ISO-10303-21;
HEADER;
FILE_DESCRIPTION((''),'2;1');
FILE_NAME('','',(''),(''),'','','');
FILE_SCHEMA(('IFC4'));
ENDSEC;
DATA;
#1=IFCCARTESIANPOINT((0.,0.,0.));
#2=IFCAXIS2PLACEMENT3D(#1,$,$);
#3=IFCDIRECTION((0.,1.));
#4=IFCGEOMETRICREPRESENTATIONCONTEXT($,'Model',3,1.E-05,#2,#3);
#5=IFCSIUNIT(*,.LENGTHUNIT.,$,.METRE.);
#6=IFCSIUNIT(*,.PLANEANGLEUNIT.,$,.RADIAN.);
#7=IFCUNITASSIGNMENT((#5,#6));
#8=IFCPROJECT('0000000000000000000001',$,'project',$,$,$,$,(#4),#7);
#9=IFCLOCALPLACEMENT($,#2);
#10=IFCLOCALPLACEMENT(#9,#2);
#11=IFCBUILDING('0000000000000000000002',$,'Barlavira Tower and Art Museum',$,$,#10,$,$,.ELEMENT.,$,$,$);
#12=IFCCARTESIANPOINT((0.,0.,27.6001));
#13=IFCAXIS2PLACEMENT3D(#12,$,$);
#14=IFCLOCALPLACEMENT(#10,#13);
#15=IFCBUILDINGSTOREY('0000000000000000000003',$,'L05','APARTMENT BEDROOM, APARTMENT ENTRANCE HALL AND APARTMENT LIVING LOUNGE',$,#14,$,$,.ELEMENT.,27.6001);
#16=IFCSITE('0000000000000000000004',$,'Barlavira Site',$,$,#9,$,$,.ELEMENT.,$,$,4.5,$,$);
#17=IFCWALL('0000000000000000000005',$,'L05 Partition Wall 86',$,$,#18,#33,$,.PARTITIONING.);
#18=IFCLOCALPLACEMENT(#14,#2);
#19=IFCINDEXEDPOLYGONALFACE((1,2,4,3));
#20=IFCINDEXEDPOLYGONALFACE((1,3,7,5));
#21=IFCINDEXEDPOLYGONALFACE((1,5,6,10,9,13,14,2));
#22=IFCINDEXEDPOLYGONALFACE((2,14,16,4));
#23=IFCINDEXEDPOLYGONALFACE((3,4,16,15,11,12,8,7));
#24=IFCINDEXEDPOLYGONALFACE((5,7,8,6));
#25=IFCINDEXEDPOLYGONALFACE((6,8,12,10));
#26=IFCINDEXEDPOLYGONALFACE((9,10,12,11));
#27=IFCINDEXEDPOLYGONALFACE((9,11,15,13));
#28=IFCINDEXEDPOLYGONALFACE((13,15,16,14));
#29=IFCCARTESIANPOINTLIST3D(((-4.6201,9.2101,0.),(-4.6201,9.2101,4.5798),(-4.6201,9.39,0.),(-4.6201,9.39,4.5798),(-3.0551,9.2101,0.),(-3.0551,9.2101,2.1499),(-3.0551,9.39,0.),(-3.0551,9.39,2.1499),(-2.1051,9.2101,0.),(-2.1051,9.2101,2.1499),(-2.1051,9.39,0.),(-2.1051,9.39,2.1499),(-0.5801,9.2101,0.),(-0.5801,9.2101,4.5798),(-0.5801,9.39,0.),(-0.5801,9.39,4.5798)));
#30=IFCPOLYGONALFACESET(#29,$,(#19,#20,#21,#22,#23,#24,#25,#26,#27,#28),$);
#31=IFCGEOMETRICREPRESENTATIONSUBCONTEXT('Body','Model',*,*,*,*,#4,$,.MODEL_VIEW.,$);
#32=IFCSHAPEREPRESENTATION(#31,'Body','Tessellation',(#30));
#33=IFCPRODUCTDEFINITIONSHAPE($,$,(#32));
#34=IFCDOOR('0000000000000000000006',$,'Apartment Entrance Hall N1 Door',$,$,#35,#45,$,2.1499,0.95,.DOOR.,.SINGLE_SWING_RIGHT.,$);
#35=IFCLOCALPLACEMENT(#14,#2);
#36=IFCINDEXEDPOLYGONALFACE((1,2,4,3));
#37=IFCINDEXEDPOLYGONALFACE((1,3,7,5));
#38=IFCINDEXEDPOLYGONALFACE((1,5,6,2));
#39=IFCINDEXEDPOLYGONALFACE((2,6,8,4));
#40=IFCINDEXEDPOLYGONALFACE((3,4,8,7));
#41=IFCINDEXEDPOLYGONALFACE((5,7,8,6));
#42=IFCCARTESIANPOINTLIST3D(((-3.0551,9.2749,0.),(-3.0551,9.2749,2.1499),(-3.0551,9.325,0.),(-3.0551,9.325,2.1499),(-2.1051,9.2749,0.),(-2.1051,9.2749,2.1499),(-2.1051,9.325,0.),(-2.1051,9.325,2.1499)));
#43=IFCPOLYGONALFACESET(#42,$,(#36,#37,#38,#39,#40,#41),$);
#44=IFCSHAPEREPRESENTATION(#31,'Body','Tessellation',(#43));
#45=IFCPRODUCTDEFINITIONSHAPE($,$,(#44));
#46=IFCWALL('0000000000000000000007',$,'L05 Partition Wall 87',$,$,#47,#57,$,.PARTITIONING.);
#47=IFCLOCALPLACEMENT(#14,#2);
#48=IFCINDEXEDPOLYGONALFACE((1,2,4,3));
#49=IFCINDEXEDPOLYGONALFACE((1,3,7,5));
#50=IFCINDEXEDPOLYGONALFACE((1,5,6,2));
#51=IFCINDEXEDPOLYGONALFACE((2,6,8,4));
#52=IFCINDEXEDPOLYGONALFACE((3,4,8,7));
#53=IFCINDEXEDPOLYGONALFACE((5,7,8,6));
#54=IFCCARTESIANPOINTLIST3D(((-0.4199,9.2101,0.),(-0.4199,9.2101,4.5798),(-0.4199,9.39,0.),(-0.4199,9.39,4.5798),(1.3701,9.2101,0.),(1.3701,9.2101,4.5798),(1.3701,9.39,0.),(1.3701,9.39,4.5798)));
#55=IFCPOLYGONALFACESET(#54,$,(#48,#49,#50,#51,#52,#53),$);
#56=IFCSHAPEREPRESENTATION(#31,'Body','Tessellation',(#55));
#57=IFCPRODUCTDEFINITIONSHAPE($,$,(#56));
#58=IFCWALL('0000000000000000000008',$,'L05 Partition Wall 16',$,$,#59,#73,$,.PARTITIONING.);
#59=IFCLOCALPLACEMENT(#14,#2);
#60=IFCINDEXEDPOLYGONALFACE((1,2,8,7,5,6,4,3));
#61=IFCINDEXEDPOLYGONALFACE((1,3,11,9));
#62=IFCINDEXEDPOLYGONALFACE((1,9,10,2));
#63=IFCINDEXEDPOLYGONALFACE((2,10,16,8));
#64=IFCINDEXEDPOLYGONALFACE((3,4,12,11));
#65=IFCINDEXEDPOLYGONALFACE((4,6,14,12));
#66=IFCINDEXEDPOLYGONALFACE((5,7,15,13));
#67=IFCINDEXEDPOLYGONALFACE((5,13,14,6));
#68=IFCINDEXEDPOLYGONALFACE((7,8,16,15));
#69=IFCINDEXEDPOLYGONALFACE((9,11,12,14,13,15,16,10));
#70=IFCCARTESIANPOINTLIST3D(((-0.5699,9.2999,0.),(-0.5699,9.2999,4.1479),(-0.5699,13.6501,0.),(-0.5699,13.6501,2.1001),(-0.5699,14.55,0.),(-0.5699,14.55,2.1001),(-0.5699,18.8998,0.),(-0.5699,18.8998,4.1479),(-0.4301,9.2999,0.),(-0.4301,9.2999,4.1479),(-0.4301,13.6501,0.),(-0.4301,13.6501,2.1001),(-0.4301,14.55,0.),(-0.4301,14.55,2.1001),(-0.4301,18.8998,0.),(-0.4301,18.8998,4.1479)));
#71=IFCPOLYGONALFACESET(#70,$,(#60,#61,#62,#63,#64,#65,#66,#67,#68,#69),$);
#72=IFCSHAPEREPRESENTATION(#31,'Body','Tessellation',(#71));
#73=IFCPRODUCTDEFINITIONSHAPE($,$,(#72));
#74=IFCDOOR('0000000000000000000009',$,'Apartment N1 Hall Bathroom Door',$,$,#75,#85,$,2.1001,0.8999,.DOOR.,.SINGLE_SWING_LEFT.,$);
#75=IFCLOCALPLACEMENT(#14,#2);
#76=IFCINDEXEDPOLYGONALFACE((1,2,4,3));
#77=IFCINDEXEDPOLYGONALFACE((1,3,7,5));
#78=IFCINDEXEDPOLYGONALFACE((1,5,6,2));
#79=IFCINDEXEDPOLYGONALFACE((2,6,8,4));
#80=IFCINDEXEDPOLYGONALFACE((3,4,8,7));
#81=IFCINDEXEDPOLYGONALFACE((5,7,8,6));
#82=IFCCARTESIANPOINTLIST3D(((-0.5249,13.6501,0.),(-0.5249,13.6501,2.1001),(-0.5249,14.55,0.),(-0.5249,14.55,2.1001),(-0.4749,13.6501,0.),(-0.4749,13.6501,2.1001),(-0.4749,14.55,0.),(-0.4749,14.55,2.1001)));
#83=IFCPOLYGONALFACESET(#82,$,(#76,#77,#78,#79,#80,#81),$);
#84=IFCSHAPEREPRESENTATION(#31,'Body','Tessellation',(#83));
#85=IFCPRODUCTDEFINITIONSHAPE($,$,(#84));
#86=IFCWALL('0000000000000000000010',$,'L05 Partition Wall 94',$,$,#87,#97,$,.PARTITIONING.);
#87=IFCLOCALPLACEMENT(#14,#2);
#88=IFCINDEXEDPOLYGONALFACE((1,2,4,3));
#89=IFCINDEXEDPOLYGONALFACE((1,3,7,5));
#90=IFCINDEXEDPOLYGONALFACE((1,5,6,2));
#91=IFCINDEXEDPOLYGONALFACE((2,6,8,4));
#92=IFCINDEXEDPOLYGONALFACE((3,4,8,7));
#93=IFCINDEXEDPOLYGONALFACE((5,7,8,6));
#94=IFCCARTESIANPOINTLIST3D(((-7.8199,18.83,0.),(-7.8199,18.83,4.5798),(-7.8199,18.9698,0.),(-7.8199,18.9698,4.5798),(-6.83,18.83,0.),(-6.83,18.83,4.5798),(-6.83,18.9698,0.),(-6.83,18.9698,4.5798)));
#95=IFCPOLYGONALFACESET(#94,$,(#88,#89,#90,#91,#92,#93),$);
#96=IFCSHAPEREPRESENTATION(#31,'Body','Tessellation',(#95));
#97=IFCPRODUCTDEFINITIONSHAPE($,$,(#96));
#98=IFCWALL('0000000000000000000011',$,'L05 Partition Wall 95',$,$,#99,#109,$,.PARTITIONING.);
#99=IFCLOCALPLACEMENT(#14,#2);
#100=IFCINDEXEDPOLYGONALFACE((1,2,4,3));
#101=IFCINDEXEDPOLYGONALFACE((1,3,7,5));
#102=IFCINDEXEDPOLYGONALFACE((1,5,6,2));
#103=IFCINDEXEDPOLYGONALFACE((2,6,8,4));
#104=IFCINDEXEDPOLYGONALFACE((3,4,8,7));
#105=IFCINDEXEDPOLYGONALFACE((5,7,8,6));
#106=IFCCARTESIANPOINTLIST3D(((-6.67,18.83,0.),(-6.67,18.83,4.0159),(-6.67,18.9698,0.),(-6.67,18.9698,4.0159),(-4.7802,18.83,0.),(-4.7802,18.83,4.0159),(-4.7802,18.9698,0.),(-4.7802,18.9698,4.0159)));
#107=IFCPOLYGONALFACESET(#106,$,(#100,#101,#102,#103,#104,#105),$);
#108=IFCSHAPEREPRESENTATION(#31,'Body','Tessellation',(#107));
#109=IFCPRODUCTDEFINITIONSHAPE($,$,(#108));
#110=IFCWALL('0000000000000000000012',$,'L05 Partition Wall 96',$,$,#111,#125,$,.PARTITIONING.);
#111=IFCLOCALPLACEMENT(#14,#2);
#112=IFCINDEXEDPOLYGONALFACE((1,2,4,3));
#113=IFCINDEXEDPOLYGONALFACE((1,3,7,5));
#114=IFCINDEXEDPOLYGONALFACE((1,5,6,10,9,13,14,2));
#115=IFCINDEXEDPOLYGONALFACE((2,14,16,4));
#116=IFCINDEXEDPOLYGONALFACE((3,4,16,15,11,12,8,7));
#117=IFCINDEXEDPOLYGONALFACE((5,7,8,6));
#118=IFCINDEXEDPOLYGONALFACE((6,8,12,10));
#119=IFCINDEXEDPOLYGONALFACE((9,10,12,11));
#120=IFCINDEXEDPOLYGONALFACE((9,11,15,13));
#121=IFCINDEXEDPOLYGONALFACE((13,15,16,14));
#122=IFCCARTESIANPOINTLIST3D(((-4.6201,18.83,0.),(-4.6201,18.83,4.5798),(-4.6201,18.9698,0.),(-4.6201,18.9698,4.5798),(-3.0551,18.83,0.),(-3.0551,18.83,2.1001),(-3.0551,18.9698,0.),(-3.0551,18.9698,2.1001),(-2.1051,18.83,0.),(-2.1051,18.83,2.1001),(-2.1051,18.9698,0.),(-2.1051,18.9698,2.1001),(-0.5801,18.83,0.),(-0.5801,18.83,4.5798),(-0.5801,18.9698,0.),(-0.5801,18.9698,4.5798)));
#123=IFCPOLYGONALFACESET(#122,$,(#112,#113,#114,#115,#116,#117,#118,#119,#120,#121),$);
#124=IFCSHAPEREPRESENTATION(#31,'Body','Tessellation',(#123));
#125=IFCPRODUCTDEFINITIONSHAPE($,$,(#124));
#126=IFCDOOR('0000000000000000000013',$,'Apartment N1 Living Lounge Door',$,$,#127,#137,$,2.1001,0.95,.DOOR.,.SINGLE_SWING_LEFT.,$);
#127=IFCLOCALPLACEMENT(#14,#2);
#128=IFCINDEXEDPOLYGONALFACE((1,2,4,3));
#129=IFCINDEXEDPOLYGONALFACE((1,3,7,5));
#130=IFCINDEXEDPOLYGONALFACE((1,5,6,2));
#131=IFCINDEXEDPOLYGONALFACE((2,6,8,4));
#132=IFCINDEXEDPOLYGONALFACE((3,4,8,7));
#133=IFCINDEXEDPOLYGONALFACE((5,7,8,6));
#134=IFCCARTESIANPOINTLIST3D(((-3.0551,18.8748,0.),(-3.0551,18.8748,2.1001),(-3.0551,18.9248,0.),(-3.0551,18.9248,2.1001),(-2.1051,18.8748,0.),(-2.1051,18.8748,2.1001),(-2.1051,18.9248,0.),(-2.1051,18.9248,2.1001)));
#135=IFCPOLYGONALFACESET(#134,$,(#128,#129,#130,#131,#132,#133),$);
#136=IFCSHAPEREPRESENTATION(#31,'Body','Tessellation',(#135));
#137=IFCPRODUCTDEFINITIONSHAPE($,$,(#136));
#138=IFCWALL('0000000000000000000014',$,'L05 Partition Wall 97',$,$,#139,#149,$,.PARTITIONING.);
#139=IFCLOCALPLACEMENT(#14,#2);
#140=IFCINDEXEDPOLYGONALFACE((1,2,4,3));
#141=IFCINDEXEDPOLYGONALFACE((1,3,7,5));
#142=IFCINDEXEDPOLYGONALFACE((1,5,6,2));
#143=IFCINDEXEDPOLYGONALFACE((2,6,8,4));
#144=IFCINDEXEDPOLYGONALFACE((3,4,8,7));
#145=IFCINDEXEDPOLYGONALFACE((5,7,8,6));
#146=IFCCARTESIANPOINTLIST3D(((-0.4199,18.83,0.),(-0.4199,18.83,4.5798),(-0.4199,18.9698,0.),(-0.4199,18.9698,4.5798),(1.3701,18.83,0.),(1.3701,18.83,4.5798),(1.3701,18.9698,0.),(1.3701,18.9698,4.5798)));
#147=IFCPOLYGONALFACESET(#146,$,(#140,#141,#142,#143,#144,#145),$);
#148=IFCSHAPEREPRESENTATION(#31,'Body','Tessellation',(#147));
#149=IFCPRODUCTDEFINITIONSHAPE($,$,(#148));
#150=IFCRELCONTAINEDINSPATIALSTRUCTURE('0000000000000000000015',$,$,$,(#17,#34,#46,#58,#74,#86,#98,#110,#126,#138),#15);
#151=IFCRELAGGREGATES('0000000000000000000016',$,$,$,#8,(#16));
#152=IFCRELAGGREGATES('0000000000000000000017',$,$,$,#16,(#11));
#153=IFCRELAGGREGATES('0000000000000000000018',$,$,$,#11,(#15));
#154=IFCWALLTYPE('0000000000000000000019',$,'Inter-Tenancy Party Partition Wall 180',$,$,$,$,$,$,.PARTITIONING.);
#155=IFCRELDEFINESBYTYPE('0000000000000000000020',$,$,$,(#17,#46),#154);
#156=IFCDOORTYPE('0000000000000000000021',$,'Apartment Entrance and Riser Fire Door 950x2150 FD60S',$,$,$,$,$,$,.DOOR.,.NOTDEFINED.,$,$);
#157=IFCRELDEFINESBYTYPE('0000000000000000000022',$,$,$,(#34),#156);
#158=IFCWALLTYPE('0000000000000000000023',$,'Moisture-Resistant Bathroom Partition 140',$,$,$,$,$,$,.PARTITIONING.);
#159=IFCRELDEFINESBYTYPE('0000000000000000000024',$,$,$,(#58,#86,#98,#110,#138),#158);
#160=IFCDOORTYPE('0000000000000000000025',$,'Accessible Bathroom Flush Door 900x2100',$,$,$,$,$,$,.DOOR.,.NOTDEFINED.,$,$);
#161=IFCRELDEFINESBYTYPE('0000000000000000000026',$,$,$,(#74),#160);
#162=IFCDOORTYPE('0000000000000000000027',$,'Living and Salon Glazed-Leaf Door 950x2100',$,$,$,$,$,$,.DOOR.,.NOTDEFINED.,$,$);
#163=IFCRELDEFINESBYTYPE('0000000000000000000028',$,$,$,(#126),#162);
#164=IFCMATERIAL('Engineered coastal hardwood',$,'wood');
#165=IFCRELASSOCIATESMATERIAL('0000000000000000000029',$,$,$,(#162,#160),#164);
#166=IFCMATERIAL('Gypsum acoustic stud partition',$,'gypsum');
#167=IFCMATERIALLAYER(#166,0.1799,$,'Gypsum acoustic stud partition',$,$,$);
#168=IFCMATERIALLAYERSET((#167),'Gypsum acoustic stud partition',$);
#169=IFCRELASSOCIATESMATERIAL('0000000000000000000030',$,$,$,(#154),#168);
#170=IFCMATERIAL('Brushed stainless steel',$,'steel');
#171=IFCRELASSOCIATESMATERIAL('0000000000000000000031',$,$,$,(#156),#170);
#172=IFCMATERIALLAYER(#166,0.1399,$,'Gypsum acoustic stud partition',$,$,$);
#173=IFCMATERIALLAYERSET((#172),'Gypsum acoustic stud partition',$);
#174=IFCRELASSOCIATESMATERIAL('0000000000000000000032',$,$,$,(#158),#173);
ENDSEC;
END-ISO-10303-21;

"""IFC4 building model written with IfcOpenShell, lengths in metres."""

from ifc_helpers import new_model, si_unit, direction, frame, frame_2d, origin, place, context, subcontext, project, spatial, rectangle, extrude, material, layer, layer_set, type_object, element, fill, save


model = new_model("IFC4")

# Units and contexts
model_context = context("Model", 3, precision=1e-05, world=origin(), true_north=direction((0.0, 1.0)))
body_context = subcontext(model_context, "Body", "Model", "MODEL_VIEW")
ifc_project = project(units=[si_unit("LENGTHUNIT", "METRE"), si_unit("PLANEANGLEUNIT", "RADIAN")], contexts=[model_context])

# Site, building, storey
site_placement = place(None, origin())
site = spatial("IfcSite", under=ifc_project, at=site_placement, Name="Barlavira Site", CompositionType="ELEMENT", RefElevation=4.5)
building_placement = place(site_placement, origin())
building = spatial("IfcBuilding", under=site, at=building_placement, Name="Barlavira Tower and Art Museum", CompositionType="ELEMENT")
storey_placement = place(building_placement, frame((0.0, 0.0, 27.6001)))
storey = spatial("IfcBuildingStorey", under=building, at=storey_placement, Name="L05", Description="APARTMENT BEDROOM, APARTMENT ENTRANCE HALL AND APARTMENT LIVING LOUNGE", CompositionType="ELEMENT", Elevation=27.6001)

# Wall, opening, door
ifc_material_1 = material(Name="Gypsum acoustic stud partition", Category="gypsum")
ifc_material_2 = material(Name="Engineered coastal hardwood", Category="wood")
door_type_1 = type_object("IfcDoorType", Name="Living and Salon Glazed-Leaf Door 950x2100", OperationType="NOTDEFINED", PredefinedType="DOOR", material=ifc_material_2)
ifc_layer_1 = layer(ifc_material_1, 0.1799, Name="Gypsum acoustic stud partition")
ifc_layer_set_1 = layer_set([ifc_layer_1], Name="Gypsum acoustic stud partition")
wall_type_1 = type_object("IfcWallType", Name="Inter-Tenancy Party Partition Wall 180", PredefinedType="PARTITIONING", material=ifc_layer_set_1)
wall_1_placement = place(storey_placement, frame((-4.6201, 9.3, 0.0), z_axis=(0.0, 0.0, 1.0), x_axis=(1.0, 0.0, 0.0)))
wall_1 = element("IfcWall", 1, at=wall_1_placement, inside=storey, type_object=wall_type_1, Name="L05 Partition Wall 86", PredefinedType="PARTITIONING", context=body_context, shape_type="SweptSolid", body=[
    extrude(rectangle(XDim=4.04, YDim=0.1799, at=frame_2d((2.02, 0.0))), origin(), (0.0, 0.0, 1.0), 4.5798),
])
opening_1_placement = place(wall_1_placement, frame((1.5649, 0.0, 0.0)))
opening_1 = element("IfcOpeningElement", 2, at=opening_1_placement, cuts=wall_1, PredefinedType="OPENING", context=body_context, shape_type="SweptSolid", body=[
    extrude(rectangle(XDim=0.95, YDim=2.1499, at=frame_2d((0.4751, 1.075))), frame((0.0, 0.1001, 0.0), z_axis=(0.0, -1.0, 0.0), x_axis=(1.0, 0.0, 0.0)), (0.0, 0.0, 1.0), 0.2),
])
ifc_material_3 = material(Name="Brushed stainless steel", Category="steel")
door_type_2 = type_object("IfcDoorType", Name="Apartment Entrance and Riser Fire Door 950x2150 FD60S", OperationType="NOTDEFINED", PredefinedType="DOOR", material=ifc_material_3)
door_1_placement = place(opening_1_placement, origin())
door_1 = element("IfcDoor", 3, at=door_1_placement, inside=storey, type_object=door_type_2, Name="Apartment Entrance Hall N1 Door", OperationType="SINGLE_SWING_RIGHT", OverallHeight=2.1499, OverallWidth=0.95, PredefinedType="DOOR", context=body_context, shape_type="SweptSolid", body=[
    extrude(rectangle(XDim=0.95, YDim=2.1499, at=frame_2d((0.4751, 1.075))), frame((0.0, 0.0249, 0.0), z_axis=(0.0, -1.0, 0.0), x_axis=(1.0, 0.0, 0.0)), (0.0, 0.0, 1.0), 0.05),
])
fill(opening_1, door_1)

# Wall
wall_2_placement = place(storey_placement, frame((-0.4199, 9.3, 0.0), z_axis=(0.0, 0.0, 1.0), x_axis=(1.0, 0.0, 0.0)))
element("IfcWall", 4, at=wall_2_placement, inside=storey, type_object=wall_type_1, Name="L05 Partition Wall 87", PredefinedType="PARTITIONING", context=body_context, shape_type="SweptSolid", body=[
    extrude(rectangle(XDim=1.79, YDim=0.1799, at=frame_2d((0.895, 0.0))), origin(), (0.0, 0.0, 1.0), 4.5798),
])

# Wall, opening, door
ifc_layer_2 = layer(ifc_material_1, 0.1399, Name="Gypsum acoustic stud partition")
ifc_layer_set_2 = layer_set([ifc_layer_2], Name="Gypsum acoustic stud partition")
wall_type_2 = type_object("IfcWallType", Name="Moisture-Resistant Bathroom Partition 140", PredefinedType="PARTITIONING", material=ifc_layer_set_2)
wall_3_placement = place(storey_placement, frame((-0.5, 9.3, 0.0), z_axis=(0.0, 0.0, 1.0), x_axis=(0.0, 1.0, 0.0)))
wall_3 = element("IfcWall", 5, at=wall_3_placement, inside=storey, type_object=wall_type_2, Name="L05 Partition Wall 16", PredefinedType="PARTITIONING", context=body_context, shape_type="SweptSolid", body=[
    extrude(rectangle(XDim=9.5999, YDim=0.1399, at=frame_2d((4.7998, 0.0))), origin(), (0.0, 0.0, 1.0), 4.1479),
])
opening_2_placement = place(wall_3_placement, frame((4.3501, 0.0, 0.0)))
opening_2 = element("IfcOpeningElement", 6, at=opening_2_placement, cuts=wall_3, PredefinedType="OPENING", context=body_context, shape_type="SweptSolid", body=[
    extrude(rectangle(XDim=0.8999, YDim=2.1001, at=frame_2d((0.45, 1.05))), frame((0.0, 0.0801, 0.0), z_axis=(0.0, -1.0, 0.0), x_axis=(1.0, 0.0, 0.0)), (0.0, 0.0, 1.0), 0.1599),
])
door_type_3 = type_object("IfcDoorType", Name="Accessible Bathroom Flush Door 900x2100", OperationType="NOTDEFINED", PredefinedType="DOOR", material=ifc_material_2)
door_2_placement = place(opening_2_placement, origin())
door_2 = element("IfcDoor", 7, at=door_2_placement, inside=storey, type_object=door_type_3, Name="Apartment N1 Hall Bathroom Door", OperationType="SINGLE_SWING_LEFT", OverallHeight=2.1001, OverallWidth=0.8999, PredefinedType="DOOR", context=body_context, shape_type="SweptSolid", body=[
    extrude(rectangle(XDim=0.8999, YDim=2.1001, at=frame_2d((0.45, 1.05))), frame((0.0, 0.0249, 0.0), z_axis=(0.0, -1.0, 0.0), x_axis=(1.0, 0.0, 0.0)), (0.0, 0.0, 1.0), 0.05),
])
fill(opening_2, door_2)

# Walls
wall_4_placement = place(storey_placement, frame((-7.8201, 18.8999, 0.0), z_axis=(0.0, 0.0, 1.0), x_axis=(1.0, 0.0, 0.0)))
element("IfcWall", 8, at=wall_4_placement, inside=storey, type_object=wall_type_2, Name="L05 Partition Wall 94", PredefinedType="PARTITIONING", context=body_context, shape_type="SweptSolid", body=[
    extrude(rectangle(XDim=0.99, YDim=0.1399, at=frame_2d((0.4951, 0.0))), origin(), (0.0, 0.0, 1.0), 4.5798),
])
wall_5_placement = place(storey_placement, frame((-6.6699, 18.8999, 0.0), z_axis=(0.0, 0.0, 1.0), x_axis=(1.0, 0.0, 0.0)))
element("IfcWall", 9, at=wall_5_placement, inside=storey, type_object=wall_type_2, Name="L05 Partition Wall 95", PredefinedType="PARTITIONING", context=body_context, shape_type="SweptSolid", body=[
    extrude(rectangle(XDim=1.8899, YDim=0.1399, at=frame_2d((0.9448, 0.0))), origin(), (0.0, 0.0, 1.0), 4.0159),
])

# Wall, opening, door
wall_6_placement = place(storey_placement, frame((-4.6201, 18.8999, 0.0), z_axis=(0.0, 0.0, 1.0), x_axis=(1.0, 0.0, 0.0)))
wall_6 = element("IfcWall", 10, at=wall_6_placement, inside=storey, type_object=wall_type_2, Name="L05 Partition Wall 96", PredefinedType="PARTITIONING", context=body_context, shape_type="SweptSolid", body=[
    extrude(rectangle(XDim=4.04, YDim=0.1399, at=frame_2d((2.02, 0.0))), origin(), (0.0, 0.0, 1.0), 4.5798),
])
opening_3_placement = place(wall_6_placement, frame((1.5649, 0.0, 0.0)))
opening_3 = element("IfcOpeningElement", 11, at=opening_3_placement, cuts=wall_6, PredefinedType="OPENING", context=body_context, shape_type="SweptSolid", body=[
    extrude(rectangle(XDim=0.95, YDim=2.1001, at=frame_2d((0.4751, 1.05))), frame((0.0, 0.0801, 0.0), z_axis=(0.0, -1.0, 0.0), x_axis=(1.0, 0.0, 0.0)), (0.0, 0.0, 1.0), 0.1599),
])
door_3_placement = place(opening_3_placement, origin())
door_3 = element("IfcDoor", 12, at=door_3_placement, inside=storey, type_object=door_type_1, Name="Apartment N1 Living Lounge Door", OperationType="SINGLE_SWING_LEFT", OverallHeight=2.1001, OverallWidth=0.95, PredefinedType="DOOR", context=body_context, shape_type="SweptSolid", body=[
    extrude(rectangle(XDim=0.95, YDim=2.1001, at=frame_2d((0.4751, 1.05))), frame((0.0, 0.0249, 0.0), z_axis=(0.0, -1.0, 0.0), x_axis=(1.0, 0.0, 0.0)), (0.0, 0.0, 1.0), 0.05),
])
fill(opening_3, door_3)

# Wall
wall_7_placement = place(storey_placement, frame((-0.4199, 18.8999, 0.0), z_axis=(0.0, 0.0, 1.0), x_axis=(1.0, 0.0, 0.0)))
element("IfcWall", 13, at=wall_7_placement, inside=storey, type_object=wall_type_2, Name="L05 Partition Wall 97", PredefinedType="PARTITIONING", context=body_context, shape_type="SweptSolid", body=[
    extrude(rectangle(XDim=1.79, YDim=0.1399, at=frame_2d((0.895, 0.0))), origin(), (0.0, 0.0, 1.0), 4.5798),
])

save(model, "model.ifc")
